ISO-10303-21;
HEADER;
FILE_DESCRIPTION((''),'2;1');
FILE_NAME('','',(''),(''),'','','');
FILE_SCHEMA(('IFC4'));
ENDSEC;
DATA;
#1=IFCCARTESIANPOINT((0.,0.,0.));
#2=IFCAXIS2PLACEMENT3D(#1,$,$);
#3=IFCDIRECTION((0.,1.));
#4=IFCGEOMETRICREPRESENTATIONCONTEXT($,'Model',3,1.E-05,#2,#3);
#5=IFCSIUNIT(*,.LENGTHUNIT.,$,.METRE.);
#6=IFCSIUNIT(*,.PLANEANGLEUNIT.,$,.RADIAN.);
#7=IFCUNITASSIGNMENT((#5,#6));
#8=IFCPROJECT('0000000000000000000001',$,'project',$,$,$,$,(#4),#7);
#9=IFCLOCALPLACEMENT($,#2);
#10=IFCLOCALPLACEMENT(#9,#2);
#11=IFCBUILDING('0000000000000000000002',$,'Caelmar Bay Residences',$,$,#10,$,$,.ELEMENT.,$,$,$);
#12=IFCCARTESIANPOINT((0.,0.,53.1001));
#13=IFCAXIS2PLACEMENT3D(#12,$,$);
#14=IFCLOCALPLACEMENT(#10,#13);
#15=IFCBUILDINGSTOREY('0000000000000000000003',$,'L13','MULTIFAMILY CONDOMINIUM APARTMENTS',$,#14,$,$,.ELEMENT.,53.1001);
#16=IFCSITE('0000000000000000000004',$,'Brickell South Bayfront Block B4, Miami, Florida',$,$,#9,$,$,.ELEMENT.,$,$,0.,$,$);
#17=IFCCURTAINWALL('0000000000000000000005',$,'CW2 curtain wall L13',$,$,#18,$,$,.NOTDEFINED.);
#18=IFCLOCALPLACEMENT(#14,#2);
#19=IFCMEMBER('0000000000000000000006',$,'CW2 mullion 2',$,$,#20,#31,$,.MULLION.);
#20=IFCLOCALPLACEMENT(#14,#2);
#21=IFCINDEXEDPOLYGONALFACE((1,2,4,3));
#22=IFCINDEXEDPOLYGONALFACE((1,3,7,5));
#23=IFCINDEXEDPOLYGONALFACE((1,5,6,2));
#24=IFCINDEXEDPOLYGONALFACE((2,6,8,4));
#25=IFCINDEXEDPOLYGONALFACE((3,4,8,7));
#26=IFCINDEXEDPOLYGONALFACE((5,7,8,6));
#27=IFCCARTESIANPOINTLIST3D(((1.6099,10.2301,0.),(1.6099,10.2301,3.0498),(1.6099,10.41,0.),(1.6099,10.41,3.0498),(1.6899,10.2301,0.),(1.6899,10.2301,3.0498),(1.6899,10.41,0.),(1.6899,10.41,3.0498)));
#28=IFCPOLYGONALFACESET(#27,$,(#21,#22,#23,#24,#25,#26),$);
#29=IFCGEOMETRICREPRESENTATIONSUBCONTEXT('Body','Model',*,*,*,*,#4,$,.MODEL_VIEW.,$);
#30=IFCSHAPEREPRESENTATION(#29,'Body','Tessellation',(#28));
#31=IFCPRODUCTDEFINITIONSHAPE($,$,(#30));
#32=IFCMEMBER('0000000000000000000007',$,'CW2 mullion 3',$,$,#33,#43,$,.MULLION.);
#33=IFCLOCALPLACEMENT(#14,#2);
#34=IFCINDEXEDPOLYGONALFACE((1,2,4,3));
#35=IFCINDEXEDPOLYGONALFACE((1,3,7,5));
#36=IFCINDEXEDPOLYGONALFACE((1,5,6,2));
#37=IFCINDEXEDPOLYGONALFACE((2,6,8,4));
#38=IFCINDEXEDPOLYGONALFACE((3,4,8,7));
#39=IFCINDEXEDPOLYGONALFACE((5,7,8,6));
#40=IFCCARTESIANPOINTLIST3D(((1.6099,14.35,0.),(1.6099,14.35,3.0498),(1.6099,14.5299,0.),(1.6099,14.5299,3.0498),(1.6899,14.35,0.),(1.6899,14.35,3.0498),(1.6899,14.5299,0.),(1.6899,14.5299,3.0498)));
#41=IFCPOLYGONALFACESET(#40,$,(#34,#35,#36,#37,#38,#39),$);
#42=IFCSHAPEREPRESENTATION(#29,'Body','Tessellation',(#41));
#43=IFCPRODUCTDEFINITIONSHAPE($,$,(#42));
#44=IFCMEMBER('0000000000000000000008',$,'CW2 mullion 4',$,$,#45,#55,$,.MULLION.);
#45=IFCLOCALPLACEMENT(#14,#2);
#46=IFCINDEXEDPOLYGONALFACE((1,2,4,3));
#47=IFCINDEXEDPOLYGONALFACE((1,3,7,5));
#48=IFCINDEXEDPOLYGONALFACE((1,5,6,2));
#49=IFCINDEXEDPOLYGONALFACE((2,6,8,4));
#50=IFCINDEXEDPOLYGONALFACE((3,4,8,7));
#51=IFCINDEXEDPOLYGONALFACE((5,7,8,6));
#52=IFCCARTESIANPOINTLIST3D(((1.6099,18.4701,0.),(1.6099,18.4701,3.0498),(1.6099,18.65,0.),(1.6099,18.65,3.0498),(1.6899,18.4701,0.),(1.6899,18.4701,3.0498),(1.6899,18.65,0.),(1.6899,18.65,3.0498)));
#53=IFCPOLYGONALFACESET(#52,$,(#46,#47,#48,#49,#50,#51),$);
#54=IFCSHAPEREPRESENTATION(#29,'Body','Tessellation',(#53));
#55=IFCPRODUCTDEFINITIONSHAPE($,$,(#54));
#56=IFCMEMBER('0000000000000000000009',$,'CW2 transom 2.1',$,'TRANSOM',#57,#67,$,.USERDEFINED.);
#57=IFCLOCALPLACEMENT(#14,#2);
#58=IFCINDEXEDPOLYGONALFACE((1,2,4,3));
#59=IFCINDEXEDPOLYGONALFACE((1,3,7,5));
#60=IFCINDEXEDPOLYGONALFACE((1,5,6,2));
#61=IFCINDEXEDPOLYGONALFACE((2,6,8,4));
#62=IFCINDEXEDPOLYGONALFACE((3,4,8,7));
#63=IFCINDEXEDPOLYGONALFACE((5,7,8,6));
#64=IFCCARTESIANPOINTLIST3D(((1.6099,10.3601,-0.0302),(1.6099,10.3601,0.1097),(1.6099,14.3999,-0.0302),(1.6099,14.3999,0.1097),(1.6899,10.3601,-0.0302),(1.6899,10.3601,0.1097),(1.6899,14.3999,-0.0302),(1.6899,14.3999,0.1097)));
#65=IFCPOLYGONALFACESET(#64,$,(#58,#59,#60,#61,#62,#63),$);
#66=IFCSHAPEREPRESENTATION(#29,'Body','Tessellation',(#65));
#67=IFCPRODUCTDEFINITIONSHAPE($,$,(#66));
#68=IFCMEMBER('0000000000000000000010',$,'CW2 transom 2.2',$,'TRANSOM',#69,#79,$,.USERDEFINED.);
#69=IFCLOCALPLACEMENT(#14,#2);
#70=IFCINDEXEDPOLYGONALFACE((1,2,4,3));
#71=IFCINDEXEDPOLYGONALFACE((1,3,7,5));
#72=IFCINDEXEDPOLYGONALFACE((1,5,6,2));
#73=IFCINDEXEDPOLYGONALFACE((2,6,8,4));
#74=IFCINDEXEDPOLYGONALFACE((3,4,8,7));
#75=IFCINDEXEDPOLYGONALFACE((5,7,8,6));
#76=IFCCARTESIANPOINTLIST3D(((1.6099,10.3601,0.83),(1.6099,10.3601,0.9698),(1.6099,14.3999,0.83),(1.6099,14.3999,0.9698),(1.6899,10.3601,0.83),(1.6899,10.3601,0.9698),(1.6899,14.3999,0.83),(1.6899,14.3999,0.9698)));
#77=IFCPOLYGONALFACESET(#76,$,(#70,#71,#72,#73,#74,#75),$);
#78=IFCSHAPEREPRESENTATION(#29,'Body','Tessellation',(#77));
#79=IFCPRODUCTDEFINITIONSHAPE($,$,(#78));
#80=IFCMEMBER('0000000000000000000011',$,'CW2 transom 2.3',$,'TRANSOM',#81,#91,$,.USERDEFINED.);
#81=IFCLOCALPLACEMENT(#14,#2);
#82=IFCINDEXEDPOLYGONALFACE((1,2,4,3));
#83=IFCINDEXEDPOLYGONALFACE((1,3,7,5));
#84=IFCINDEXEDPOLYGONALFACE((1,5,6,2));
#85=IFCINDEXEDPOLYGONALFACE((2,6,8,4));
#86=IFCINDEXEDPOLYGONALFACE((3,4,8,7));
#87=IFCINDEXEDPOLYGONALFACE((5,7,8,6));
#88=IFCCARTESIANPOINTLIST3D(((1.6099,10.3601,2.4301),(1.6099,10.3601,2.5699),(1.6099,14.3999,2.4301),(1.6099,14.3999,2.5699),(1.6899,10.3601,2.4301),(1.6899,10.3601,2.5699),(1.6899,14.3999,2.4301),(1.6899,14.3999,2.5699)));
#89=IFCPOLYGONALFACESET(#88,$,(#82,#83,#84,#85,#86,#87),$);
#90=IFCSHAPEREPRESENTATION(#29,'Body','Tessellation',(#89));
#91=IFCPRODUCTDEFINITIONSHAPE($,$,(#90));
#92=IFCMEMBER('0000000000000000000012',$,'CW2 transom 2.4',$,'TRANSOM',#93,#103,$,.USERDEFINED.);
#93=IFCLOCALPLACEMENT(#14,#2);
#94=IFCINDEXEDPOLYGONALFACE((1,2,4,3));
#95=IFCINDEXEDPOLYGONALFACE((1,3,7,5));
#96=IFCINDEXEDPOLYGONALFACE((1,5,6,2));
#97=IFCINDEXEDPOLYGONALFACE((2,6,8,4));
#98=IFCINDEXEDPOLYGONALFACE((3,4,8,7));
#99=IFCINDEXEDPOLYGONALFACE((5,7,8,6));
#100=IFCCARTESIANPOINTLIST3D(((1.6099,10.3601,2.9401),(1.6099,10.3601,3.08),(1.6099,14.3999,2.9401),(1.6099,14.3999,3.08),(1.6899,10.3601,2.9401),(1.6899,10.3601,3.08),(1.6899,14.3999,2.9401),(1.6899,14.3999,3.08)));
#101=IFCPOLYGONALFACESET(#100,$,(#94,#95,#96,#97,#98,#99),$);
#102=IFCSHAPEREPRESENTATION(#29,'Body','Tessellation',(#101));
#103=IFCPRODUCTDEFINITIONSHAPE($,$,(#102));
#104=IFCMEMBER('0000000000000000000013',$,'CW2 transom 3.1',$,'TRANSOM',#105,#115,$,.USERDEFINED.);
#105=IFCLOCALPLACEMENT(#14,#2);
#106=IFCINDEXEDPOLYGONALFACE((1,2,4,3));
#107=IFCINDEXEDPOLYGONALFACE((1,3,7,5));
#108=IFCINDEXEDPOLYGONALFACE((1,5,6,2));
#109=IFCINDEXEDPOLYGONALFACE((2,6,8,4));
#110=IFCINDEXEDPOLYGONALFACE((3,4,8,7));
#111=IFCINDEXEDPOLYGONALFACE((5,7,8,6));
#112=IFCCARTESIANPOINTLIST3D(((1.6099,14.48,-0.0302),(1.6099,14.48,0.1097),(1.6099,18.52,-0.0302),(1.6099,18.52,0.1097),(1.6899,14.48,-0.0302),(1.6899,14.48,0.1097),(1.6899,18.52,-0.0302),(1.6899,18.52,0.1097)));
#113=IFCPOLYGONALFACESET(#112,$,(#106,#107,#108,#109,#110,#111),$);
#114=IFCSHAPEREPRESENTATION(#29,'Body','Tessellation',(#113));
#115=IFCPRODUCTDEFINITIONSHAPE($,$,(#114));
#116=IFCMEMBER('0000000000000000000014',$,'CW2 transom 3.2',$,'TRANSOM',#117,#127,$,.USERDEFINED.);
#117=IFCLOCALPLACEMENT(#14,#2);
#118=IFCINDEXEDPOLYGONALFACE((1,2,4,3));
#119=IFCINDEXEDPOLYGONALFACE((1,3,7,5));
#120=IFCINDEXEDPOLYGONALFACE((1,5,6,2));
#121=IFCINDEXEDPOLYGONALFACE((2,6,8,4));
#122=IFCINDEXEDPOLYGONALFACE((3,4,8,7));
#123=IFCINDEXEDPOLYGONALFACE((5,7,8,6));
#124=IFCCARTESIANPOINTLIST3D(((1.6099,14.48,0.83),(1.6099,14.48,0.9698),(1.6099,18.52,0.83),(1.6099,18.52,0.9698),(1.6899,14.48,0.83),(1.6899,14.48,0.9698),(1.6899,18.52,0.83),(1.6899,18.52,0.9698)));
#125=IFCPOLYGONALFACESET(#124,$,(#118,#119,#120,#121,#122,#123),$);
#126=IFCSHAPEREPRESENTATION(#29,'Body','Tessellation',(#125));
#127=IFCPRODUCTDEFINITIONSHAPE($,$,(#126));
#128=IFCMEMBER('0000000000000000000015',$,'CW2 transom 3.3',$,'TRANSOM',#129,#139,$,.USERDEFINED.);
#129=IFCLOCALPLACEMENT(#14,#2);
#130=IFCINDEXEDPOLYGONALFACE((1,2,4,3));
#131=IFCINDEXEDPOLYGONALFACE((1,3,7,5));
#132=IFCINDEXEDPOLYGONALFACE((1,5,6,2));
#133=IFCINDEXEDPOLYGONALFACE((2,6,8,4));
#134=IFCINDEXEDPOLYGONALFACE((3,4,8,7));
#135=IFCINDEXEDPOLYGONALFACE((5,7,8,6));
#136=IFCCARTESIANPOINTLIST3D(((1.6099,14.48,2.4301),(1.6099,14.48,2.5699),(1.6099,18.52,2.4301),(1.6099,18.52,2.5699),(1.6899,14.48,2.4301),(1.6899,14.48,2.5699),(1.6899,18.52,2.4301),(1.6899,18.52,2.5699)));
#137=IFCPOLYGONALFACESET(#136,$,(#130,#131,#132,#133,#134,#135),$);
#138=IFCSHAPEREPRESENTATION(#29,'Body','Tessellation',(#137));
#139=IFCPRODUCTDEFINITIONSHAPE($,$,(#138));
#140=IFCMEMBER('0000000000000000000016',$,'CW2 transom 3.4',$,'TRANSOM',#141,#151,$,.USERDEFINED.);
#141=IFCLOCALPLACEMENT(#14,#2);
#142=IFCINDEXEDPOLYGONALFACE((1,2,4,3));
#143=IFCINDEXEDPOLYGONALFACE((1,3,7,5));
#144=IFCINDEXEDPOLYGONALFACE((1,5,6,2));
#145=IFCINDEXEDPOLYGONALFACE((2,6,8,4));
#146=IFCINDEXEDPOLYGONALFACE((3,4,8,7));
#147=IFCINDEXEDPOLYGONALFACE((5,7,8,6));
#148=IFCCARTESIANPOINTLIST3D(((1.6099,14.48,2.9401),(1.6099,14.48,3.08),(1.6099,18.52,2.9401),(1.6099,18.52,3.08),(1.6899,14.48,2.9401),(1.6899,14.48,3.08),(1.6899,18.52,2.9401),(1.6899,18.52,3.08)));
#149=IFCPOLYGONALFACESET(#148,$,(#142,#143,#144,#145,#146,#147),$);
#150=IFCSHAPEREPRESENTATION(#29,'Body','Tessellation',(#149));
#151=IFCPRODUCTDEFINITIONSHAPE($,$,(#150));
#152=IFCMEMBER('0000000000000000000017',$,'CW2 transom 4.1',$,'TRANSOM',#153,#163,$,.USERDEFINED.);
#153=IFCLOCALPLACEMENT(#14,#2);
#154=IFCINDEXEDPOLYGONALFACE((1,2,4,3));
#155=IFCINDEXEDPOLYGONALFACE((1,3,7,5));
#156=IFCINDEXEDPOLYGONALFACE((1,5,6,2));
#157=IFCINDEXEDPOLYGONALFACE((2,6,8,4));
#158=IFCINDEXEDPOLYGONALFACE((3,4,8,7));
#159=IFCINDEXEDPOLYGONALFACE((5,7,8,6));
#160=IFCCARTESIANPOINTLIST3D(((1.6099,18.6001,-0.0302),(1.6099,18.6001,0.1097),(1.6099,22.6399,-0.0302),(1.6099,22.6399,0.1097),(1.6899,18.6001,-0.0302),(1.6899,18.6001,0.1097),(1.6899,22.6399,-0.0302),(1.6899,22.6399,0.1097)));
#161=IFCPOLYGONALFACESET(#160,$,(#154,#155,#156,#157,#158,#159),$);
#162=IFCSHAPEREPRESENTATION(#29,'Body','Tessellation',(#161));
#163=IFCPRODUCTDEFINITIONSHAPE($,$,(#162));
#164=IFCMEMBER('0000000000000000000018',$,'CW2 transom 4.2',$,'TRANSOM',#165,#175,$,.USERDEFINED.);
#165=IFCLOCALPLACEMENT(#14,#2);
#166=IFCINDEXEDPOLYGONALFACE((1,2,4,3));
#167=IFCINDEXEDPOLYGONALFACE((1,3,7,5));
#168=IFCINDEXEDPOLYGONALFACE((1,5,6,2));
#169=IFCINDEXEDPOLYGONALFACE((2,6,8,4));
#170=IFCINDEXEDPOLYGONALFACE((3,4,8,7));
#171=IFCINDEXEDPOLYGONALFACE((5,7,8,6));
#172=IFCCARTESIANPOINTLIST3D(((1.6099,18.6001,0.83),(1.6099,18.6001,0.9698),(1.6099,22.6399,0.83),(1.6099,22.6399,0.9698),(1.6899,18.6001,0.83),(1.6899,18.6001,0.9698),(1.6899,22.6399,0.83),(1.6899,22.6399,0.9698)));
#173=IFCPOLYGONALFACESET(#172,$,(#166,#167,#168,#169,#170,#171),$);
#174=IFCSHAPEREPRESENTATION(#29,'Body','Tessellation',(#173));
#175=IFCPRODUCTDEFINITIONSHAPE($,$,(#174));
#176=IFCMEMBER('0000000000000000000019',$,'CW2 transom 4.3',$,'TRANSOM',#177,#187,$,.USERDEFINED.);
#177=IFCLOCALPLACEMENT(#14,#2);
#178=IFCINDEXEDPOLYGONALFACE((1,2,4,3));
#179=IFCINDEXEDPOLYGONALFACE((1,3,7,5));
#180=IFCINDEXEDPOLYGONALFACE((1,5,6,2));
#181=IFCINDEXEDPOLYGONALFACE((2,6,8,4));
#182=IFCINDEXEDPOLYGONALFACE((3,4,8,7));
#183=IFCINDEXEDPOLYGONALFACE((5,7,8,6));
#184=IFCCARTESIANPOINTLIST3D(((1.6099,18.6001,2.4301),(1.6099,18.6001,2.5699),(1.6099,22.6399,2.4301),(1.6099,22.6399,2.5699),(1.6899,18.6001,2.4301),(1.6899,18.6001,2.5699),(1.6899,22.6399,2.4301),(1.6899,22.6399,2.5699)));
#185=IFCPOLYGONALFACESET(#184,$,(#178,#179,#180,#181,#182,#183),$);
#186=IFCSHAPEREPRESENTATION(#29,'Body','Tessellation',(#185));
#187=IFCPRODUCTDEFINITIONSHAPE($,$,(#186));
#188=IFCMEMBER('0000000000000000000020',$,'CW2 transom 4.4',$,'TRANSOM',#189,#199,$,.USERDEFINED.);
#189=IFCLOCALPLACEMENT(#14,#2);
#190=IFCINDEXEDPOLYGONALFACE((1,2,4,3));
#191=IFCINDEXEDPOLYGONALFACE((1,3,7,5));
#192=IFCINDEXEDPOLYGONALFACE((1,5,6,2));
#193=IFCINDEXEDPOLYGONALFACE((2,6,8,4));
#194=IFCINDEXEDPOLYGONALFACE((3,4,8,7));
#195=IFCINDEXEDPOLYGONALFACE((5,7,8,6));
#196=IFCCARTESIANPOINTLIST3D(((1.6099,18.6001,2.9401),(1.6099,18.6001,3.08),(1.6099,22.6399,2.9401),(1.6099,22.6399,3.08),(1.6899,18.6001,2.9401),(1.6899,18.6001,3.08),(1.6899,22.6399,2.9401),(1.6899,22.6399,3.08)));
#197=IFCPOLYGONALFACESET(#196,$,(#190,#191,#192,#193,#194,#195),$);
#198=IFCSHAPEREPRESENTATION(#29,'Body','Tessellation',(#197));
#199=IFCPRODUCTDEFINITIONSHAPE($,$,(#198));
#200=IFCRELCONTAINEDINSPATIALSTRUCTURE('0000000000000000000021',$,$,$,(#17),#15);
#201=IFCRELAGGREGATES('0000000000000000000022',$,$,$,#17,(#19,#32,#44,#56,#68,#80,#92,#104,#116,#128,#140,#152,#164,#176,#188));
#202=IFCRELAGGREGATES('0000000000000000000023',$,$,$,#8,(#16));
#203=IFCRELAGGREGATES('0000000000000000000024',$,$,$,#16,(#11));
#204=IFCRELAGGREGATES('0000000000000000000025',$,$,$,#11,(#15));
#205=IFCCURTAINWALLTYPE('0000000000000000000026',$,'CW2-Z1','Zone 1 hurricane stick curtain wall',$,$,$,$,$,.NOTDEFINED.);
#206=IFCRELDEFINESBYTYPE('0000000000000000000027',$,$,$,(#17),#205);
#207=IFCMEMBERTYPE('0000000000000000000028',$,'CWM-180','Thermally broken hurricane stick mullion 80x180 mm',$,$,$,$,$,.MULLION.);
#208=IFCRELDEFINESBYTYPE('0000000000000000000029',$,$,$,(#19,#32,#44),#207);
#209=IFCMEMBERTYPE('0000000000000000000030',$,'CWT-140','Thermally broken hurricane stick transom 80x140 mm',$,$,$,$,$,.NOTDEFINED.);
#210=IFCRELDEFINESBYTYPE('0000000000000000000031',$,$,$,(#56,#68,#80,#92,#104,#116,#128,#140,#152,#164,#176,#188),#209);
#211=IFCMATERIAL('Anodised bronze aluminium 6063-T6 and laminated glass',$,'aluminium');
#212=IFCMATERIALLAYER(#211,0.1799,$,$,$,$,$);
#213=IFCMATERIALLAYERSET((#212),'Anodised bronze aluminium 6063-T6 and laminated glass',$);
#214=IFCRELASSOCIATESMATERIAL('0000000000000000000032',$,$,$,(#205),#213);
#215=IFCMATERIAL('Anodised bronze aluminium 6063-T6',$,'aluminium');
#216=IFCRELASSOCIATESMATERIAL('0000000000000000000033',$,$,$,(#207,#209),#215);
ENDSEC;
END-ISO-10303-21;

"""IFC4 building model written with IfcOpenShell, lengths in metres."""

from ifc_helpers import new_model, si_unit, direction, frame, origin, origin_2d, place, context, subcontext, project, spatial, rectangle, extrude, material, layer, layer_set, material_profile, profile_set, type_object, element, aggregate, save


model = new_model("IFC4")

# Units and contexts
model_context = context("Model", 3, precision=1e-05, world=origin(), true_north=direction((0.0, 1.0)))
body_context = subcontext(model_context, "Body", "Model", "MODEL_VIEW")
ifc_project = project(units=[si_unit("LENGTHUNIT", "METRE"), si_unit("PLANEANGLEUNIT", "RADIAN")], contexts=[model_context])

# Site, building, storey
site_placement = place(None, origin())
site = spatial("IfcSite", under=ifc_project, at=site_placement, Name="Brickell South Bayfront Block B4, Miami, Florida", CompositionType="ELEMENT", RefElevation=0.0)
building_placement = place(site_placement, origin())
building = spatial("IfcBuilding", under=site, at=building_placement, Name="Caelmar Bay Residences", CompositionType="ELEMENT")
storey_placement = place(building_placement, frame((0.0, 0.0, 53.1001)))
storey = spatial("IfcBuildingStorey", under=building, at=storey_placement, Name="L13", Description="MULTIFAMILY CONDOMINIUM APARTMENTS", CompositionType="ELEMENT", Elevation=53.1001)

# Curtain wall, members
ifc_material_1 = material(Name="Anodised bronze aluminium 6063-T6 and laminated glass", Category="aluminium")
ifc_layer_1 = layer(ifc_material_1, 0.1799)
ifc_layer_set_1 = layer_set([ifc_layer_1], Name="Anodised bronze aluminium 6063-T6 and laminated glass")
curtain_wall_type = type_object("IfcCurtainWallType", Name="CW2-Z1", Description="Zone 1 hurricane stick curtain wall", PredefinedType="NOTDEFINED", material=ifc_layer_set_1)
curtain_wall_placement = place(storey_placement, origin())
curtain_wall = element("IfcCurtainWall", 1, at=curtain_wall_placement, inside=storey, type_object=curtain_wall_type, Name="CW2 curtain wall L13", PredefinedType="NOTDEFINED")
ifc_material_2 = material(Name="Anodised bronze aluminium 6063-T6", Category="aluminium")
ifc_material_profile_1 = material_profile(ifc_material_2, rectangle(XDim=0.0801, YDim=0.1799, at=origin_2d()), Name="CWM-80X180")
ifc_profile_set_1 = profile_set([ifc_material_profile_1], Name="Anodised bronze aluminium 6063-T6")
member_type_1 = type_object("IfcMemberType", Name="CWM-180", Description="Thermally broken hurricane stick mullion 80x180 mm", PredefinedType="MULLION", material=ifc_profile_set_1)
member_1_placement = place(storey_placement, frame((1.6499, 10.3201, 0.0), z_axis=(0.0, 0.0, 1.0), x_axis=(-1.0, 0.0, 0.0)))
member_1 = element("IfcMember", 2, at=member_1_placement, type_object=member_type_1, Name="CW2 mullion 2", PredefinedType="MULLION", context=body_context, shape_type="SweptSolid", body=[
    extrude(rectangle(XDim=0.0801, YDim=0.1799, at=origin_2d()), origin(), (0.0, 0.0, 1.0), 3.0498),
])
member_2_placement = place(storey_placement, frame((1.6499, 14.4399, 0.0), z_axis=(0.0, 0.0, 1.0), x_axis=(-1.0, 0.0, 0.0)))
member_2 = element("IfcMember", 3, at=member_2_placement, type_object=member_type_1, Name="CW2 mullion 3", PredefinedType="MULLION", context=body_context, shape_type="SweptSolid", body=[
    extrude(rectangle(XDim=0.0801, YDim=0.1799, at=origin_2d()), origin(), (0.0, 0.0, 1.0), 3.0498),
])
member_3_placement = place(storey_placement, frame((1.6499, 18.5601, 0.0), z_axis=(0.0, 0.0, 1.0), x_axis=(-1.0, 0.0, 0.0)))
member_3 = element("IfcMember", 4, at=member_3_placement, type_object=member_type_1, Name="CW2 mullion 4", PredefinedType="MULLION", context=body_context, shape_type="SweptSolid", body=[
    extrude(rectangle(XDim=0.0801, YDim=0.1799, at=origin_2d()), origin(), (0.0, 0.0, 1.0), 3.0498),
])
ifc_material_profile_2 = material_profile(ifc_material_2, rectangle(XDim=0.0801, YDim=0.1399, at=origin_2d()), Name="CWT-80X140")
ifc_profile_set_2 = profile_set([ifc_material_profile_2], Name="Anodised bronze aluminium 6063-T6")
member_type_2 = type_object("IfcMemberType", Name="CWT-140", Description="Thermally broken hurricane stick transom 80x140 mm", PredefinedType="NOTDEFINED", material=ifc_profile_set_2)
member_4_placement = place(storey_placement, frame((1.6499, 10.3601, 0.0398), z_axis=(0.0, 1.0, 0.0), x_axis=(-1.0, 0.0, 0.0)))
member_4 = element("IfcMember", 5, at=member_4_placement, type_object=member_type_2, Name="CW2 transom 2.1", ObjectType="TRANSOM", PredefinedType="USERDEFINED", context=body_context, shape_type="SweptSolid", body=[
    extrude(rectangle(XDim=0.0801, YDim=0.1399, at=origin_2d()), origin(), (0.0, 0.0, 1.0), 4.0398),
])
member_5_placement = place(storey_placement, frame((1.6499, 10.3601, 0.8999), z_axis=(0.0, 1.0, 0.0), x_axis=(-1.0, 0.0, 0.0)))
member_5 = element("IfcMember", 6, at=member_5_placement, type_object=member_type_2, Name="CW2 transom 2.2", ObjectType="TRANSOM", PredefinedType="USERDEFINED", context=body_context, shape_type="SweptSolid", body=[
    extrude(rectangle(XDim=0.0801, YDim=0.1399, at=origin_2d()), origin(), (0.0, 0.0, 1.0), 4.0398),
])
member_6_placement = place(storey_placement, frame((1.6499, 10.3601, 2.5), z_axis=(0.0, 1.0, 0.0), x_axis=(-1.0, 0.0, 0.0)))
member_6 = element("IfcMember", 7, at=member_6_placement, type_object=member_type_2, Name="CW2 transom 2.3", ObjectType="TRANSOM", PredefinedType="USERDEFINED", context=body_context, shape_type="SweptSolid", body=[
    extrude(rectangle(XDim=0.0801, YDim=0.1399, at=origin_2d()), origin(), (0.0, 0.0, 1.0), 4.0398),
])
member_7_placement = place(storey_placement, frame((1.6499, 10.3601, 3.01), z_axis=(0.0, 1.0, 0.0), x_axis=(-1.0, 0.0, 0.0)))
member_7 = element("IfcMember", 8, at=member_7_placement, type_object=member_type_2, Name="CW2 transom 2.4", ObjectType="TRANSOM", PredefinedType="USERDEFINED", context=body_context, shape_type="SweptSolid", body=[
    extrude(rectangle(XDim=0.0801, YDim=0.1399, at=origin_2d()), origin(), (0.0, 0.0, 1.0), 4.0398),
])
member_8_placement = place(storey_placement, frame((1.6499, 14.48, 0.0398), z_axis=(0.0, 1.0, 0.0), x_axis=(-1.0, 0.0, 0.0)))
member_8 = element("IfcMember", 9, at=member_8_placement, type_object=member_type_2, Name="CW2 transom 3.1", ObjectType="TRANSOM", PredefinedType="USERDEFINED", context=body_context, shape_type="SweptSolid", body=[
    extrude(rectangle(XDim=0.0801, YDim=0.1399, at=origin_2d()), origin(), (0.0, 0.0, 1.0), 4.04),
])
member_9_placement = place(storey_placement, frame((1.6499, 14.48, 0.8999), z_axis=(0.0, 1.0, 0.0), x_axis=(-1.0, 0.0, 0.0)))
member_9 = element("IfcMember", 10, at=member_9_placement, type_object=member_type_2, Name="CW2 transom 3.2", ObjectType="TRANSOM", PredefinedType="USERDEFINED", context=body_context, shape_type="SweptSolid", body=[
    extrude(rectangle(XDim=0.0801, YDim=0.1399, at=origin_2d()), origin(), (0.0, 0.0, 1.0), 4.04),
])
member_10_placement = place(storey_placement, frame((1.6499, 14.48, 2.5), z_axis=(0.0, 1.0, 0.0), x_axis=(-1.0, 0.0, 0.0)))
member_10 = element("IfcMember", 11, at=member_10_placement, type_object=member_type_2, Name="CW2 transom 3.3", ObjectType="TRANSOM", PredefinedType="USERDEFINED", context=body_context, shape_type="SweptSolid", body=[
    extrude(rectangle(XDim=0.0801, YDim=0.1399, at=origin_2d()), origin(), (0.0, 0.0, 1.0), 4.04),
])
member_11_placement = place(storey_placement, frame((1.6499, 14.48, 3.01), z_axis=(0.0, 1.0, 0.0), x_axis=(-1.0, 0.0, 0.0)))
member_11 = element("IfcMember", 12, at=member_11_placement, type_object=member_type_2, Name="CW2 transom 3.4", ObjectType="TRANSOM", PredefinedType="USERDEFINED", context=body_context, shape_type="SweptSolid", body=[
    extrude(rectangle(XDim=0.0801, YDim=0.1399, at=origin_2d()), origin(), (0.0, 0.0, 1.0), 4.04),
])
member_12_placement = place(storey_placement, frame((1.6499, 18.6001, 0.0398), z_axis=(0.0, 1.0, 0.0), x_axis=(-1.0, 0.0, 0.0)))
member_12 = element("IfcMember", 13, at=member_12_placement, type_object=member_type_2, Name="CW2 transom 4.1", ObjectType="TRANSOM", PredefinedType="USERDEFINED", context=body_context, shape_type="SweptSolid", body=[
    extrude(rectangle(XDim=0.0801, YDim=0.1399, at=origin_2d()), origin(), (0.0, 0.0, 1.0), 4.0398),
])
member_13_placement = place(storey_placement, frame((1.6499, 18.6001, 0.8999), z_axis=(0.0, 1.0, 0.0), x_axis=(-1.0, 0.0, 0.0)))
member_13 = element("IfcMember", 14, at=member_13_placement, type_object=member_type_2, Name="CW2 transom 4.2", ObjectType="TRANSOM", PredefinedType="USERDEFINED", context=body_context, shape_type="SweptSolid", body=[
    extrude(rectangle(XDim=0.0801, YDim=0.1399, at=origin_2d()), origin(), (0.0, 0.0, 1.0), 4.0398),
])
member_14_placement = place(storey_placement, frame((1.6499, 18.6001, 2.5), z_axis=(0.0, 1.0, 0.0), x_axis=(-1.0, 0.0, 0.0)))
member_14 = element("IfcMember", 15, at=member_14_placement, type_object=member_type_2, Name="CW2 transom 4.3", ObjectType="TRANSOM", PredefinedType="USERDEFINED", context=body_context, shape_type="SweptSolid", body=[
    extrude(rectangle(XDim=0.0801, YDim=0.1399, at=origin_2d()), origin(), (0.0, 0.0, 1.0), 4.0398),
])
member_15_placement = place(storey_placement, frame((1.6499, 18.6001, 3.01), z_axis=(0.0, 1.0, 0.0), x_axis=(-1.0, 0.0, 0.0)))
member_15 = element("IfcMember", 16, at=member_15_placement, type_object=member_type_2, Name="CW2 transom 4.4", ObjectType="TRANSOM", PredefinedType="USERDEFINED", context=body_context, shape_type="SweptSolid", body=[
    extrude(rectangle(XDim=0.0801, YDim=0.1399, at=origin_2d()), origin(), (0.0, 0.0, 1.0), 4.0398),
])
aggregate(curtain_wall, [member_1, member_2, member_3, member_4, member_5, member_6, member_7, member_8, member_9, member_10, member_11, member_12, member_13, member_14, member_15])

save(model, "model.ifc")
